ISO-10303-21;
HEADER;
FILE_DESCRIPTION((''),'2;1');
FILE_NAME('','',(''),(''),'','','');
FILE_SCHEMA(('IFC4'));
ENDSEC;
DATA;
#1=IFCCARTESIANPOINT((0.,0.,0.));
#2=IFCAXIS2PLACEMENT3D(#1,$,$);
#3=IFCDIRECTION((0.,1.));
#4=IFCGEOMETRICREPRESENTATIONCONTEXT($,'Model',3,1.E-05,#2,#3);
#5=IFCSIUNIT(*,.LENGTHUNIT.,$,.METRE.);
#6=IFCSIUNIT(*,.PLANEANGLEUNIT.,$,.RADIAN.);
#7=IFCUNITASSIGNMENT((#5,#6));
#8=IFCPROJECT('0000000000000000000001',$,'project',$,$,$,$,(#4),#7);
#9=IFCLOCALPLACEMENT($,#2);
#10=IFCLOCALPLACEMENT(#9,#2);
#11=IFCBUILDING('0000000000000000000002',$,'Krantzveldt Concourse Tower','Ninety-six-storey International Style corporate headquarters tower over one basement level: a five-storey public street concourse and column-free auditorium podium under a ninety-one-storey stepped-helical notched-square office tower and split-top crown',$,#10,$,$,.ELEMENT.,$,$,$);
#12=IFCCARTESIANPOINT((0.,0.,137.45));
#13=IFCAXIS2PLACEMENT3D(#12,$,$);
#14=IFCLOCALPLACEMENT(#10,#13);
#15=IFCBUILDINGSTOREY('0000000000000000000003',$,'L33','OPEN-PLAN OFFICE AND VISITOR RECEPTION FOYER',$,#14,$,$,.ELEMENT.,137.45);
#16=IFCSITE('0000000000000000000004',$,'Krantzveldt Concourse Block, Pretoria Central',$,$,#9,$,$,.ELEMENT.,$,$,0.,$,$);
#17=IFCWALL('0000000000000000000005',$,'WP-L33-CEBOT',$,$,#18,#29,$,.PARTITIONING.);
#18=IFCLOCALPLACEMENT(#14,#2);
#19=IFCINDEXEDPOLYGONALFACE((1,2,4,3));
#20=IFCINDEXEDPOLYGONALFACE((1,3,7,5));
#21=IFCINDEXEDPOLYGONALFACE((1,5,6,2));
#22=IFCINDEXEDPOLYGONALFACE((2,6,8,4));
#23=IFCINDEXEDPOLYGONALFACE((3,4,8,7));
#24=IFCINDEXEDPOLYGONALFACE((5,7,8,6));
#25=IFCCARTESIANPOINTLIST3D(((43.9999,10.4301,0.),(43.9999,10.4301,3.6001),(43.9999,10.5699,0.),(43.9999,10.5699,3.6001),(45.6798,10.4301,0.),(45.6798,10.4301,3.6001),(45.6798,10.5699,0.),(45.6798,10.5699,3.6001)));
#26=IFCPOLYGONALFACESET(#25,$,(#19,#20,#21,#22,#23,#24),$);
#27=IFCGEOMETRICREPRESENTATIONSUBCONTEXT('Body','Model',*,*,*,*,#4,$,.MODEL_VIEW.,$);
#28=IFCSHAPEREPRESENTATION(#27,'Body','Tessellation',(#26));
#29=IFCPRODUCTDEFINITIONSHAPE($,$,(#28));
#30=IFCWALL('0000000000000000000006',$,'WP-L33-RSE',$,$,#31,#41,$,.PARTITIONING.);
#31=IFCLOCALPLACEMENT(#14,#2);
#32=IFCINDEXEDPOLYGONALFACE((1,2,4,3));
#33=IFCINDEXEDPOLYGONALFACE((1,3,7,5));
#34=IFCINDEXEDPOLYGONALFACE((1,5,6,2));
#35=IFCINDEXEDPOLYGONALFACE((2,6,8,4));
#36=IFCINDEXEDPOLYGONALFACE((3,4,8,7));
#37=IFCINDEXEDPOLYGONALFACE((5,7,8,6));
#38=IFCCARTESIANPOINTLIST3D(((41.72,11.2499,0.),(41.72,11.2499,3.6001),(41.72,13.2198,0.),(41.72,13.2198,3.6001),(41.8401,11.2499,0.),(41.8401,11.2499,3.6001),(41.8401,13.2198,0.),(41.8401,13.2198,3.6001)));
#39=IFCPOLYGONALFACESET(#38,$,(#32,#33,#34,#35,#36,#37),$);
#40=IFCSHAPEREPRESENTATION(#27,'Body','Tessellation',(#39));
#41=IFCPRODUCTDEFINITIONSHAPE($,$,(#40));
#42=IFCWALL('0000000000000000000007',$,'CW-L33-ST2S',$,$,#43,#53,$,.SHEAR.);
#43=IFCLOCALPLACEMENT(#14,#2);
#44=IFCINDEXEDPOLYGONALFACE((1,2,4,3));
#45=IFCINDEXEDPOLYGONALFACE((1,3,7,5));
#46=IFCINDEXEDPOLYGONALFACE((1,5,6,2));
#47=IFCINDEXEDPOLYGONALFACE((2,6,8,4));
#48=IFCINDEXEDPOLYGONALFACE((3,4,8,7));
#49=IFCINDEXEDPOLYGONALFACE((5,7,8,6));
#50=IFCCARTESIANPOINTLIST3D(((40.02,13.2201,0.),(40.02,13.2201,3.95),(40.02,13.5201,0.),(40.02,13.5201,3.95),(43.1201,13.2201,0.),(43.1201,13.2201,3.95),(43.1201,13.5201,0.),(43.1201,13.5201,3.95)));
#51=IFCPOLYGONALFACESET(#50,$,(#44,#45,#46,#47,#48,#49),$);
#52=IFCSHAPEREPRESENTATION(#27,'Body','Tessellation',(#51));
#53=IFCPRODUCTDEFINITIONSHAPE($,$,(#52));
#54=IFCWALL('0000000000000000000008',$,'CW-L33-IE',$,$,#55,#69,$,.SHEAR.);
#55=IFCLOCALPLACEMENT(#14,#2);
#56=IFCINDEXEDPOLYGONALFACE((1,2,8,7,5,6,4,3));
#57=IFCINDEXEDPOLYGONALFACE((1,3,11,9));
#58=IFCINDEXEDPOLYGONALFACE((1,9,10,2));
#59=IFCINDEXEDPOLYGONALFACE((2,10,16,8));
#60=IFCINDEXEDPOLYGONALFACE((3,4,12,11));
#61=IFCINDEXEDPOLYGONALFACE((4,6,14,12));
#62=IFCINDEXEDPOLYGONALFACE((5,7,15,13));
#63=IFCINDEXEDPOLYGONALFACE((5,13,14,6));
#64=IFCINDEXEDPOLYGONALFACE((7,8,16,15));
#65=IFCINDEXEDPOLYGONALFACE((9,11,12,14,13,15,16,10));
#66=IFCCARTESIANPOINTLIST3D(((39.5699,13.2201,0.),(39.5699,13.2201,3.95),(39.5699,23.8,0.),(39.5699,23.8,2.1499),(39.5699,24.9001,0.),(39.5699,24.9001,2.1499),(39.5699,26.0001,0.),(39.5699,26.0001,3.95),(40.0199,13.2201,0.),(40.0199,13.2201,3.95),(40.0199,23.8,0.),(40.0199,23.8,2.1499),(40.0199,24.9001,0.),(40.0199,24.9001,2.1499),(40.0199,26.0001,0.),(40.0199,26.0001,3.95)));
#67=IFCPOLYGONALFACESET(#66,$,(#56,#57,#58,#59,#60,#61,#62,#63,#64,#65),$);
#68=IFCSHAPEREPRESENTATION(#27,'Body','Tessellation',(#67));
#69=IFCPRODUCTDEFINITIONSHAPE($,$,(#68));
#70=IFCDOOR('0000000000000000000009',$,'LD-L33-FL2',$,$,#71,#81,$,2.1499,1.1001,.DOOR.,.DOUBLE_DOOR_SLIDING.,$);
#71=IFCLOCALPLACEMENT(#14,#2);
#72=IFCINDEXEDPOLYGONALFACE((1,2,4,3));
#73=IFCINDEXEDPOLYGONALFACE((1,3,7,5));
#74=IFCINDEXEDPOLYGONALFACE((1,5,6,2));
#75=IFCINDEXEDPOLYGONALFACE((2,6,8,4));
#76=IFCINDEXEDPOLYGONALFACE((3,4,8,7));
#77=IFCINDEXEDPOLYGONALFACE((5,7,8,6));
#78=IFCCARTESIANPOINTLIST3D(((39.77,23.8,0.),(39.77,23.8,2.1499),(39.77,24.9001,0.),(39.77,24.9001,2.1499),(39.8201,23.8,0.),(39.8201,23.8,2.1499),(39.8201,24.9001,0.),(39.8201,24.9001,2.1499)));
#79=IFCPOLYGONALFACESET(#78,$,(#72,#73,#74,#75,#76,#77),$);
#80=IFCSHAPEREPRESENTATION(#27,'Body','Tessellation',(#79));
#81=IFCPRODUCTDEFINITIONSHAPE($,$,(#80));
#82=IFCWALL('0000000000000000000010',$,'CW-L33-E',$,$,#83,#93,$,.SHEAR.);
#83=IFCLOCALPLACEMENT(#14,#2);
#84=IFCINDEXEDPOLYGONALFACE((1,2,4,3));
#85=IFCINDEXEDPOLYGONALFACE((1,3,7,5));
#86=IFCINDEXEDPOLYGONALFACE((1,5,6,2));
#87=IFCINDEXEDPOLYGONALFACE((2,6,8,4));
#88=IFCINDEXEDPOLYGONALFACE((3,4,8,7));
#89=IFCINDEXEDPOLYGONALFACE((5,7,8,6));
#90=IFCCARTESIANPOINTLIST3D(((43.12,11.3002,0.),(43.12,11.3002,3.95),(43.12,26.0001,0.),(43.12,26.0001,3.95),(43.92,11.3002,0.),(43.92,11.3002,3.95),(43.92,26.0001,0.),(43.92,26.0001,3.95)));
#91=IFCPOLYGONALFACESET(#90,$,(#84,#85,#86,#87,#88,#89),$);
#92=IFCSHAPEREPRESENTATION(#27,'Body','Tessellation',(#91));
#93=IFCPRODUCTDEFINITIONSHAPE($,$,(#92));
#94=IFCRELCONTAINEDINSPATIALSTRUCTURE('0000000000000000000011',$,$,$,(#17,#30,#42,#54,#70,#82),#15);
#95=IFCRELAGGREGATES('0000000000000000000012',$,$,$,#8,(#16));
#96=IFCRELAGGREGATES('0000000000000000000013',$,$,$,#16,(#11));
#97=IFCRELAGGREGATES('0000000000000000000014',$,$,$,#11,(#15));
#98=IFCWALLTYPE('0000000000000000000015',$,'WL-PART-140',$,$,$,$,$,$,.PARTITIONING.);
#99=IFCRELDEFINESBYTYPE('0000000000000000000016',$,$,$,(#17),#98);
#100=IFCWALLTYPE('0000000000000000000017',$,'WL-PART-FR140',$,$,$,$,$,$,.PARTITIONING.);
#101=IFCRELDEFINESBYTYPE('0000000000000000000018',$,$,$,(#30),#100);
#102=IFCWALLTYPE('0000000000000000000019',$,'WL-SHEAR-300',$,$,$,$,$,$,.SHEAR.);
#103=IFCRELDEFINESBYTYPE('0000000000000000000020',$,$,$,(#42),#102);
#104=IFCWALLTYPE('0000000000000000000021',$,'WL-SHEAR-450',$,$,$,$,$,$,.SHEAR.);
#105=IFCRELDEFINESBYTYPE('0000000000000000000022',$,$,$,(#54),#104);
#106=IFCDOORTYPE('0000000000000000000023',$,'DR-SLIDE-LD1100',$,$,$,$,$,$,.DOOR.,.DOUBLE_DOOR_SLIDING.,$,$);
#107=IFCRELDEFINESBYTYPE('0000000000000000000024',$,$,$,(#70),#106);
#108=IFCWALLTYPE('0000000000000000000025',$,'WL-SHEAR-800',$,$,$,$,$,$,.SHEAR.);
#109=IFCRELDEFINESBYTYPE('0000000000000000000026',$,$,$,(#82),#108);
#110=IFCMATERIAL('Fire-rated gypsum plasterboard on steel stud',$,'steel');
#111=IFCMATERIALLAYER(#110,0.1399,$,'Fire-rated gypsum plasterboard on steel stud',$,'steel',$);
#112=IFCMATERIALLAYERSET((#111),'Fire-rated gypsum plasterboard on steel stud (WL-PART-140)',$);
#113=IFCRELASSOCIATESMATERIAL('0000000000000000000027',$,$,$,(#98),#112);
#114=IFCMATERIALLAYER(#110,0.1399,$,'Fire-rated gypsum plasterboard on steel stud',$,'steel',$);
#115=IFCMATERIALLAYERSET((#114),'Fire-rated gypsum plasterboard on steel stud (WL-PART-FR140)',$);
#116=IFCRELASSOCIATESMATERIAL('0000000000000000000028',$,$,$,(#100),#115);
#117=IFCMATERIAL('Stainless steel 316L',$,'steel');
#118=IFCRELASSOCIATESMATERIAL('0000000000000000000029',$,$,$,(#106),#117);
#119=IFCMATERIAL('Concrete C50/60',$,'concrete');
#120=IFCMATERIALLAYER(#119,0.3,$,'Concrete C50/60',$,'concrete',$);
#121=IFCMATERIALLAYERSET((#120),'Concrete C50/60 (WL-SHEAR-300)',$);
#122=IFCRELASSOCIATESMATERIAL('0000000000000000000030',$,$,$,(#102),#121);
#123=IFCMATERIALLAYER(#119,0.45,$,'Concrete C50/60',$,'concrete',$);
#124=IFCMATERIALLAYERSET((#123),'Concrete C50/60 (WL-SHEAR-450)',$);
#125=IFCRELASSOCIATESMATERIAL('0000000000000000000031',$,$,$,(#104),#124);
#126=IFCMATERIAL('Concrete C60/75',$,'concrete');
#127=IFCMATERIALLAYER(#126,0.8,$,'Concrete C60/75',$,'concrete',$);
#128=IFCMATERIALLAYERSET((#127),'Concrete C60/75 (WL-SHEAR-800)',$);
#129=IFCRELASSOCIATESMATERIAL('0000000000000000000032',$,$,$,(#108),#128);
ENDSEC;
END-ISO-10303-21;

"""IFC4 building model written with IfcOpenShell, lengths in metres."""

from ifc_helpers import new_model, si_unit, direction, frame, frame_2d, origin, place, context, subcontext, project, spatial, rectangle, extrude, material, layer, layer_set, type_object, element, fill, save


model = new_model("IFC4")

# Units and contexts
model_context = context("Model", 3, precision=1e-05, world=origin(), true_north=direction((0.0, 1.0)))
body_context = subcontext(model_context, "Body", "Model", "MODEL_VIEW")
ifc_project = project(units=[si_unit("LENGTHUNIT", "METRE"), si_unit("PLANEANGLEUNIT", "RADIAN")], contexts=[model_context])

# Site, building, storey
site_placement = place(None, origin())
site = spatial("IfcSite", under=ifc_project, at=site_placement, Name="Krantzveldt Concourse Block, Pretoria Central", CompositionType="ELEMENT", RefElevation=0.0)
building_placement = place(site_placement, origin())
building = spatial("IfcBuilding", under=site, at=building_placement, Name="Krantzveldt Concourse Tower", Description="Ninety-six-storey International Style corporate headquarters tower over one basement level: a five-storey public street concourse and column-free auditorium podium under a ninety-one-storey stepped-helical notched-square office tower and split-top crown", CompositionType="ELEMENT")
storey_placement = place(building_placement, frame((0.0, 0.0, 137.45)))
storey = spatial("IfcBuildingStorey", under=building, at=storey_placement, Name="L33", Description="OPEN-PLAN OFFICE AND VISITOR RECEPTION FOYER", CompositionType="ELEMENT", Elevation=137.45)

# Shared definitions
ifc_material_1 = material(Name="Fire-rated gypsum plasterboard on steel stud", Category="steel")

# Wall
ifc_layer_1 = layer(ifc_material_1, 0.1399, Name="Fire-rated gypsum plasterboard on steel stud", Category="steel")
ifc_layer_set_1 = layer_set([ifc_layer_1], Name="Fire-rated gypsum plasterboard on steel stud (WL-PART-140)")
wall_type_1 = type_object("IfcWallType", Name="WL-PART-140", PredefinedType="PARTITIONING", material=ifc_layer_set_1)
wall_1_placement = place(storey_placement, frame((44.0, 10.5, 0.0), z_axis=(0.0, 0.0, 1.0), x_axis=(1.0, 0.0, 0.0)))
element("IfcWall", 1, at=wall_1_placement, inside=storey, type_object=wall_type_1, Name="WP-L33-CEBOT", PredefinedType="PARTITIONING", context=body_context, shape_type="SweptSolid", body=[
    extrude(rectangle(XDim=1.6799, YDim=0.1399, at=frame_2d((0.8398, 0.0))), origin(), (0.0, 0.0, 1.0), 3.6001),
])

# Shared definitions
ifc_layer_2 = layer(ifc_material_1, 0.1399, Name="Fire-rated gypsum plasterboard on steel stud", Category="steel")
ifc_layer_set_2 = layer_set([ifc_layer_2], Name="Fire-rated gypsum plasterboard on steel stud (WL-PART-FR140)")
wall_type_2 = type_object("IfcWallType", Name="WL-PART-FR140", PredefinedType="PARTITIONING", material=ifc_layer_set_2)
ifc_material_2 = material(Name="Stainless steel 316L", Category="steel")
door_type_1 = type_object("IfcDoorType", Name="DR-SLIDE-LD1100", OperationType="DOUBLE_DOOR_SLIDING", PredefinedType="DOOR", material=ifc_material_2)

# Walls
wall_2_placement = place(storey_placement, frame((41.78, 11.25, 0.0), z_axis=(0.0, 0.0, 1.0), x_axis=(0.0, 1.0, 0.0)))
element("IfcWall", 2, at=wall_2_placement, inside=storey, type_object=wall_type_2, Name="WP-L33-RSE", PredefinedType="PARTITIONING", context=body_context, shape_type="SweptSolid", body=[
    extrude(rectangle(XDim=1.97, YDim=0.1201, at=frame_2d((0.9849, 0.0))), origin(), (0.0, 0.0, 1.0), 3.6001),
])
ifc_material_3 = material(Name="Concrete C50/60", Category="concrete")
ifc_layer_3 = layer(ifc_material_3, 0.3, Name="Concrete C50/60", Category="concrete")
ifc_layer_set_3 = layer_set([ifc_layer_3], Name="Concrete C50/60 (WL-SHEAR-300)")
wall_type_3 = type_object("IfcWallType", Name="WL-SHEAR-300", PredefinedType="SHEAR", material=ifc_layer_set_3)
wall_3_placement = place(storey_placement, frame((40.02, 13.3701, 0.0), z_axis=(0.0, 0.0, 1.0), x_axis=(1.0, 0.0, 0.0)))
element("IfcWall", 3, at=wall_3_placement, inside=storey, type_object=wall_type_3, Name="CW-L33-ST2S", PredefinedType="SHEAR", context=body_context, shape_type="SweptSolid", body=[
    extrude(rectangle(XDim=3.1001, YDim=0.3, at=frame_2d((1.55, 0.0))), origin(), (0.0, 0.0, 1.0), 3.95),
])

# Wall, opening, door
ifc_layer_4 = layer(ifc_material_3, 0.45, Name="Concrete C50/60", Category="concrete")
ifc_layer_set_4 = layer_set([ifc_layer_4], Name="Concrete C50/60 (WL-SHEAR-450)")
wall_type_4 = type_object("IfcWallType", Name="WL-SHEAR-450", PredefinedType="SHEAR", material=ifc_layer_set_4)
wall_4_placement = place(storey_placement, frame((39.7949, 13.22, 0.0), z_axis=(0.0, 0.0, 1.0), x_axis=(0.0, 1.0, 0.0)))
wall_4 = element("IfcWall", 4, at=wall_4_placement, inside=storey, type_object=wall_type_4, Name="CW-L33-IE", PredefinedType="SHEAR", context=body_context, shape_type="SweptSolid", body=[
    extrude(rectangle(XDim=12.78, YDim=0.45, at=frame_2d((6.3901, 0.0))), origin(), (0.0, 0.0, 1.0), 3.95),
])
opening_1_placement = place(wall_4_placement, frame((10.5801, 0.0, 0.0)))
opening_1 = element("IfcOpeningElement", 5, at=opening_1_placement, cuts=wall_4, PredefinedType="OPENING", context=body_context, shape_type="SweptSolid", body=[
    extrude(rectangle(XDim=1.1001, YDim=2.1499, at=frame_2d((0.55, 1.075))), frame((0.0, 0.2349, 0.0), z_axis=(0.0, -1.0, 0.0), x_axis=(1.0, 0.0, 0.0)), (0.0, 0.0, 1.0), 0.47),
])
door_1_placement = place(opening_1_placement, origin())
door_1 = element("IfcDoor", 6, at=door_1_placement, inside=storey, type_object=door_type_1, Name="LD-L33-FL2", OperationType="DOUBLE_DOOR_SLIDING", OverallHeight=2.1499, OverallWidth=1.1001, PredefinedType="DOOR", context=body_context, shape_type="SweptSolid", body=[
    extrude(rectangle(XDim=1.1001, YDim=2.1499, at=frame_2d((0.55, 1.075))), frame((0.0, 0.0249, 0.0), z_axis=(0.0, -1.0, 0.0), x_axis=(1.0, 0.0, 0.0)), (0.0, 0.0, 1.0), 0.05),
])
fill(opening_1, door_1)

# Wall
ifc_material_4 = material(Name="Concrete C60/75", Category="concrete")
ifc_layer_5 = layer(ifc_material_4, 0.8, Name="Concrete C60/75", Category="concrete")
ifc_layer_set_5 = layer_set([ifc_layer_5], Name="Concrete C60/75 (WL-SHEAR-800)")
wall_type_5 = type_object("IfcWallType", Name="WL-SHEAR-800", PredefinedType="SHEAR", material=ifc_layer_set_5)
wall_5_placement = place(storey_placement, frame((43.52, 11.3, 0.0), z_axis=(0.0, 0.0, 1.0), x_axis=(0.0, 1.0, 0.0)))
element("IfcWall", 7, at=wall_5_placement, inside=storey, type_object=wall_type_5, Name="CW-L33-E", PredefinedType="SHEAR", context=body_context, shape_type="SweptSolid", body=[
    extrude(rectangle(XDim=14.7, YDim=0.8, at=frame_2d((7.3501, 0.0))), origin(), (0.0, 0.0, 1.0), 3.95),
])

save(model, "model.ifc")
